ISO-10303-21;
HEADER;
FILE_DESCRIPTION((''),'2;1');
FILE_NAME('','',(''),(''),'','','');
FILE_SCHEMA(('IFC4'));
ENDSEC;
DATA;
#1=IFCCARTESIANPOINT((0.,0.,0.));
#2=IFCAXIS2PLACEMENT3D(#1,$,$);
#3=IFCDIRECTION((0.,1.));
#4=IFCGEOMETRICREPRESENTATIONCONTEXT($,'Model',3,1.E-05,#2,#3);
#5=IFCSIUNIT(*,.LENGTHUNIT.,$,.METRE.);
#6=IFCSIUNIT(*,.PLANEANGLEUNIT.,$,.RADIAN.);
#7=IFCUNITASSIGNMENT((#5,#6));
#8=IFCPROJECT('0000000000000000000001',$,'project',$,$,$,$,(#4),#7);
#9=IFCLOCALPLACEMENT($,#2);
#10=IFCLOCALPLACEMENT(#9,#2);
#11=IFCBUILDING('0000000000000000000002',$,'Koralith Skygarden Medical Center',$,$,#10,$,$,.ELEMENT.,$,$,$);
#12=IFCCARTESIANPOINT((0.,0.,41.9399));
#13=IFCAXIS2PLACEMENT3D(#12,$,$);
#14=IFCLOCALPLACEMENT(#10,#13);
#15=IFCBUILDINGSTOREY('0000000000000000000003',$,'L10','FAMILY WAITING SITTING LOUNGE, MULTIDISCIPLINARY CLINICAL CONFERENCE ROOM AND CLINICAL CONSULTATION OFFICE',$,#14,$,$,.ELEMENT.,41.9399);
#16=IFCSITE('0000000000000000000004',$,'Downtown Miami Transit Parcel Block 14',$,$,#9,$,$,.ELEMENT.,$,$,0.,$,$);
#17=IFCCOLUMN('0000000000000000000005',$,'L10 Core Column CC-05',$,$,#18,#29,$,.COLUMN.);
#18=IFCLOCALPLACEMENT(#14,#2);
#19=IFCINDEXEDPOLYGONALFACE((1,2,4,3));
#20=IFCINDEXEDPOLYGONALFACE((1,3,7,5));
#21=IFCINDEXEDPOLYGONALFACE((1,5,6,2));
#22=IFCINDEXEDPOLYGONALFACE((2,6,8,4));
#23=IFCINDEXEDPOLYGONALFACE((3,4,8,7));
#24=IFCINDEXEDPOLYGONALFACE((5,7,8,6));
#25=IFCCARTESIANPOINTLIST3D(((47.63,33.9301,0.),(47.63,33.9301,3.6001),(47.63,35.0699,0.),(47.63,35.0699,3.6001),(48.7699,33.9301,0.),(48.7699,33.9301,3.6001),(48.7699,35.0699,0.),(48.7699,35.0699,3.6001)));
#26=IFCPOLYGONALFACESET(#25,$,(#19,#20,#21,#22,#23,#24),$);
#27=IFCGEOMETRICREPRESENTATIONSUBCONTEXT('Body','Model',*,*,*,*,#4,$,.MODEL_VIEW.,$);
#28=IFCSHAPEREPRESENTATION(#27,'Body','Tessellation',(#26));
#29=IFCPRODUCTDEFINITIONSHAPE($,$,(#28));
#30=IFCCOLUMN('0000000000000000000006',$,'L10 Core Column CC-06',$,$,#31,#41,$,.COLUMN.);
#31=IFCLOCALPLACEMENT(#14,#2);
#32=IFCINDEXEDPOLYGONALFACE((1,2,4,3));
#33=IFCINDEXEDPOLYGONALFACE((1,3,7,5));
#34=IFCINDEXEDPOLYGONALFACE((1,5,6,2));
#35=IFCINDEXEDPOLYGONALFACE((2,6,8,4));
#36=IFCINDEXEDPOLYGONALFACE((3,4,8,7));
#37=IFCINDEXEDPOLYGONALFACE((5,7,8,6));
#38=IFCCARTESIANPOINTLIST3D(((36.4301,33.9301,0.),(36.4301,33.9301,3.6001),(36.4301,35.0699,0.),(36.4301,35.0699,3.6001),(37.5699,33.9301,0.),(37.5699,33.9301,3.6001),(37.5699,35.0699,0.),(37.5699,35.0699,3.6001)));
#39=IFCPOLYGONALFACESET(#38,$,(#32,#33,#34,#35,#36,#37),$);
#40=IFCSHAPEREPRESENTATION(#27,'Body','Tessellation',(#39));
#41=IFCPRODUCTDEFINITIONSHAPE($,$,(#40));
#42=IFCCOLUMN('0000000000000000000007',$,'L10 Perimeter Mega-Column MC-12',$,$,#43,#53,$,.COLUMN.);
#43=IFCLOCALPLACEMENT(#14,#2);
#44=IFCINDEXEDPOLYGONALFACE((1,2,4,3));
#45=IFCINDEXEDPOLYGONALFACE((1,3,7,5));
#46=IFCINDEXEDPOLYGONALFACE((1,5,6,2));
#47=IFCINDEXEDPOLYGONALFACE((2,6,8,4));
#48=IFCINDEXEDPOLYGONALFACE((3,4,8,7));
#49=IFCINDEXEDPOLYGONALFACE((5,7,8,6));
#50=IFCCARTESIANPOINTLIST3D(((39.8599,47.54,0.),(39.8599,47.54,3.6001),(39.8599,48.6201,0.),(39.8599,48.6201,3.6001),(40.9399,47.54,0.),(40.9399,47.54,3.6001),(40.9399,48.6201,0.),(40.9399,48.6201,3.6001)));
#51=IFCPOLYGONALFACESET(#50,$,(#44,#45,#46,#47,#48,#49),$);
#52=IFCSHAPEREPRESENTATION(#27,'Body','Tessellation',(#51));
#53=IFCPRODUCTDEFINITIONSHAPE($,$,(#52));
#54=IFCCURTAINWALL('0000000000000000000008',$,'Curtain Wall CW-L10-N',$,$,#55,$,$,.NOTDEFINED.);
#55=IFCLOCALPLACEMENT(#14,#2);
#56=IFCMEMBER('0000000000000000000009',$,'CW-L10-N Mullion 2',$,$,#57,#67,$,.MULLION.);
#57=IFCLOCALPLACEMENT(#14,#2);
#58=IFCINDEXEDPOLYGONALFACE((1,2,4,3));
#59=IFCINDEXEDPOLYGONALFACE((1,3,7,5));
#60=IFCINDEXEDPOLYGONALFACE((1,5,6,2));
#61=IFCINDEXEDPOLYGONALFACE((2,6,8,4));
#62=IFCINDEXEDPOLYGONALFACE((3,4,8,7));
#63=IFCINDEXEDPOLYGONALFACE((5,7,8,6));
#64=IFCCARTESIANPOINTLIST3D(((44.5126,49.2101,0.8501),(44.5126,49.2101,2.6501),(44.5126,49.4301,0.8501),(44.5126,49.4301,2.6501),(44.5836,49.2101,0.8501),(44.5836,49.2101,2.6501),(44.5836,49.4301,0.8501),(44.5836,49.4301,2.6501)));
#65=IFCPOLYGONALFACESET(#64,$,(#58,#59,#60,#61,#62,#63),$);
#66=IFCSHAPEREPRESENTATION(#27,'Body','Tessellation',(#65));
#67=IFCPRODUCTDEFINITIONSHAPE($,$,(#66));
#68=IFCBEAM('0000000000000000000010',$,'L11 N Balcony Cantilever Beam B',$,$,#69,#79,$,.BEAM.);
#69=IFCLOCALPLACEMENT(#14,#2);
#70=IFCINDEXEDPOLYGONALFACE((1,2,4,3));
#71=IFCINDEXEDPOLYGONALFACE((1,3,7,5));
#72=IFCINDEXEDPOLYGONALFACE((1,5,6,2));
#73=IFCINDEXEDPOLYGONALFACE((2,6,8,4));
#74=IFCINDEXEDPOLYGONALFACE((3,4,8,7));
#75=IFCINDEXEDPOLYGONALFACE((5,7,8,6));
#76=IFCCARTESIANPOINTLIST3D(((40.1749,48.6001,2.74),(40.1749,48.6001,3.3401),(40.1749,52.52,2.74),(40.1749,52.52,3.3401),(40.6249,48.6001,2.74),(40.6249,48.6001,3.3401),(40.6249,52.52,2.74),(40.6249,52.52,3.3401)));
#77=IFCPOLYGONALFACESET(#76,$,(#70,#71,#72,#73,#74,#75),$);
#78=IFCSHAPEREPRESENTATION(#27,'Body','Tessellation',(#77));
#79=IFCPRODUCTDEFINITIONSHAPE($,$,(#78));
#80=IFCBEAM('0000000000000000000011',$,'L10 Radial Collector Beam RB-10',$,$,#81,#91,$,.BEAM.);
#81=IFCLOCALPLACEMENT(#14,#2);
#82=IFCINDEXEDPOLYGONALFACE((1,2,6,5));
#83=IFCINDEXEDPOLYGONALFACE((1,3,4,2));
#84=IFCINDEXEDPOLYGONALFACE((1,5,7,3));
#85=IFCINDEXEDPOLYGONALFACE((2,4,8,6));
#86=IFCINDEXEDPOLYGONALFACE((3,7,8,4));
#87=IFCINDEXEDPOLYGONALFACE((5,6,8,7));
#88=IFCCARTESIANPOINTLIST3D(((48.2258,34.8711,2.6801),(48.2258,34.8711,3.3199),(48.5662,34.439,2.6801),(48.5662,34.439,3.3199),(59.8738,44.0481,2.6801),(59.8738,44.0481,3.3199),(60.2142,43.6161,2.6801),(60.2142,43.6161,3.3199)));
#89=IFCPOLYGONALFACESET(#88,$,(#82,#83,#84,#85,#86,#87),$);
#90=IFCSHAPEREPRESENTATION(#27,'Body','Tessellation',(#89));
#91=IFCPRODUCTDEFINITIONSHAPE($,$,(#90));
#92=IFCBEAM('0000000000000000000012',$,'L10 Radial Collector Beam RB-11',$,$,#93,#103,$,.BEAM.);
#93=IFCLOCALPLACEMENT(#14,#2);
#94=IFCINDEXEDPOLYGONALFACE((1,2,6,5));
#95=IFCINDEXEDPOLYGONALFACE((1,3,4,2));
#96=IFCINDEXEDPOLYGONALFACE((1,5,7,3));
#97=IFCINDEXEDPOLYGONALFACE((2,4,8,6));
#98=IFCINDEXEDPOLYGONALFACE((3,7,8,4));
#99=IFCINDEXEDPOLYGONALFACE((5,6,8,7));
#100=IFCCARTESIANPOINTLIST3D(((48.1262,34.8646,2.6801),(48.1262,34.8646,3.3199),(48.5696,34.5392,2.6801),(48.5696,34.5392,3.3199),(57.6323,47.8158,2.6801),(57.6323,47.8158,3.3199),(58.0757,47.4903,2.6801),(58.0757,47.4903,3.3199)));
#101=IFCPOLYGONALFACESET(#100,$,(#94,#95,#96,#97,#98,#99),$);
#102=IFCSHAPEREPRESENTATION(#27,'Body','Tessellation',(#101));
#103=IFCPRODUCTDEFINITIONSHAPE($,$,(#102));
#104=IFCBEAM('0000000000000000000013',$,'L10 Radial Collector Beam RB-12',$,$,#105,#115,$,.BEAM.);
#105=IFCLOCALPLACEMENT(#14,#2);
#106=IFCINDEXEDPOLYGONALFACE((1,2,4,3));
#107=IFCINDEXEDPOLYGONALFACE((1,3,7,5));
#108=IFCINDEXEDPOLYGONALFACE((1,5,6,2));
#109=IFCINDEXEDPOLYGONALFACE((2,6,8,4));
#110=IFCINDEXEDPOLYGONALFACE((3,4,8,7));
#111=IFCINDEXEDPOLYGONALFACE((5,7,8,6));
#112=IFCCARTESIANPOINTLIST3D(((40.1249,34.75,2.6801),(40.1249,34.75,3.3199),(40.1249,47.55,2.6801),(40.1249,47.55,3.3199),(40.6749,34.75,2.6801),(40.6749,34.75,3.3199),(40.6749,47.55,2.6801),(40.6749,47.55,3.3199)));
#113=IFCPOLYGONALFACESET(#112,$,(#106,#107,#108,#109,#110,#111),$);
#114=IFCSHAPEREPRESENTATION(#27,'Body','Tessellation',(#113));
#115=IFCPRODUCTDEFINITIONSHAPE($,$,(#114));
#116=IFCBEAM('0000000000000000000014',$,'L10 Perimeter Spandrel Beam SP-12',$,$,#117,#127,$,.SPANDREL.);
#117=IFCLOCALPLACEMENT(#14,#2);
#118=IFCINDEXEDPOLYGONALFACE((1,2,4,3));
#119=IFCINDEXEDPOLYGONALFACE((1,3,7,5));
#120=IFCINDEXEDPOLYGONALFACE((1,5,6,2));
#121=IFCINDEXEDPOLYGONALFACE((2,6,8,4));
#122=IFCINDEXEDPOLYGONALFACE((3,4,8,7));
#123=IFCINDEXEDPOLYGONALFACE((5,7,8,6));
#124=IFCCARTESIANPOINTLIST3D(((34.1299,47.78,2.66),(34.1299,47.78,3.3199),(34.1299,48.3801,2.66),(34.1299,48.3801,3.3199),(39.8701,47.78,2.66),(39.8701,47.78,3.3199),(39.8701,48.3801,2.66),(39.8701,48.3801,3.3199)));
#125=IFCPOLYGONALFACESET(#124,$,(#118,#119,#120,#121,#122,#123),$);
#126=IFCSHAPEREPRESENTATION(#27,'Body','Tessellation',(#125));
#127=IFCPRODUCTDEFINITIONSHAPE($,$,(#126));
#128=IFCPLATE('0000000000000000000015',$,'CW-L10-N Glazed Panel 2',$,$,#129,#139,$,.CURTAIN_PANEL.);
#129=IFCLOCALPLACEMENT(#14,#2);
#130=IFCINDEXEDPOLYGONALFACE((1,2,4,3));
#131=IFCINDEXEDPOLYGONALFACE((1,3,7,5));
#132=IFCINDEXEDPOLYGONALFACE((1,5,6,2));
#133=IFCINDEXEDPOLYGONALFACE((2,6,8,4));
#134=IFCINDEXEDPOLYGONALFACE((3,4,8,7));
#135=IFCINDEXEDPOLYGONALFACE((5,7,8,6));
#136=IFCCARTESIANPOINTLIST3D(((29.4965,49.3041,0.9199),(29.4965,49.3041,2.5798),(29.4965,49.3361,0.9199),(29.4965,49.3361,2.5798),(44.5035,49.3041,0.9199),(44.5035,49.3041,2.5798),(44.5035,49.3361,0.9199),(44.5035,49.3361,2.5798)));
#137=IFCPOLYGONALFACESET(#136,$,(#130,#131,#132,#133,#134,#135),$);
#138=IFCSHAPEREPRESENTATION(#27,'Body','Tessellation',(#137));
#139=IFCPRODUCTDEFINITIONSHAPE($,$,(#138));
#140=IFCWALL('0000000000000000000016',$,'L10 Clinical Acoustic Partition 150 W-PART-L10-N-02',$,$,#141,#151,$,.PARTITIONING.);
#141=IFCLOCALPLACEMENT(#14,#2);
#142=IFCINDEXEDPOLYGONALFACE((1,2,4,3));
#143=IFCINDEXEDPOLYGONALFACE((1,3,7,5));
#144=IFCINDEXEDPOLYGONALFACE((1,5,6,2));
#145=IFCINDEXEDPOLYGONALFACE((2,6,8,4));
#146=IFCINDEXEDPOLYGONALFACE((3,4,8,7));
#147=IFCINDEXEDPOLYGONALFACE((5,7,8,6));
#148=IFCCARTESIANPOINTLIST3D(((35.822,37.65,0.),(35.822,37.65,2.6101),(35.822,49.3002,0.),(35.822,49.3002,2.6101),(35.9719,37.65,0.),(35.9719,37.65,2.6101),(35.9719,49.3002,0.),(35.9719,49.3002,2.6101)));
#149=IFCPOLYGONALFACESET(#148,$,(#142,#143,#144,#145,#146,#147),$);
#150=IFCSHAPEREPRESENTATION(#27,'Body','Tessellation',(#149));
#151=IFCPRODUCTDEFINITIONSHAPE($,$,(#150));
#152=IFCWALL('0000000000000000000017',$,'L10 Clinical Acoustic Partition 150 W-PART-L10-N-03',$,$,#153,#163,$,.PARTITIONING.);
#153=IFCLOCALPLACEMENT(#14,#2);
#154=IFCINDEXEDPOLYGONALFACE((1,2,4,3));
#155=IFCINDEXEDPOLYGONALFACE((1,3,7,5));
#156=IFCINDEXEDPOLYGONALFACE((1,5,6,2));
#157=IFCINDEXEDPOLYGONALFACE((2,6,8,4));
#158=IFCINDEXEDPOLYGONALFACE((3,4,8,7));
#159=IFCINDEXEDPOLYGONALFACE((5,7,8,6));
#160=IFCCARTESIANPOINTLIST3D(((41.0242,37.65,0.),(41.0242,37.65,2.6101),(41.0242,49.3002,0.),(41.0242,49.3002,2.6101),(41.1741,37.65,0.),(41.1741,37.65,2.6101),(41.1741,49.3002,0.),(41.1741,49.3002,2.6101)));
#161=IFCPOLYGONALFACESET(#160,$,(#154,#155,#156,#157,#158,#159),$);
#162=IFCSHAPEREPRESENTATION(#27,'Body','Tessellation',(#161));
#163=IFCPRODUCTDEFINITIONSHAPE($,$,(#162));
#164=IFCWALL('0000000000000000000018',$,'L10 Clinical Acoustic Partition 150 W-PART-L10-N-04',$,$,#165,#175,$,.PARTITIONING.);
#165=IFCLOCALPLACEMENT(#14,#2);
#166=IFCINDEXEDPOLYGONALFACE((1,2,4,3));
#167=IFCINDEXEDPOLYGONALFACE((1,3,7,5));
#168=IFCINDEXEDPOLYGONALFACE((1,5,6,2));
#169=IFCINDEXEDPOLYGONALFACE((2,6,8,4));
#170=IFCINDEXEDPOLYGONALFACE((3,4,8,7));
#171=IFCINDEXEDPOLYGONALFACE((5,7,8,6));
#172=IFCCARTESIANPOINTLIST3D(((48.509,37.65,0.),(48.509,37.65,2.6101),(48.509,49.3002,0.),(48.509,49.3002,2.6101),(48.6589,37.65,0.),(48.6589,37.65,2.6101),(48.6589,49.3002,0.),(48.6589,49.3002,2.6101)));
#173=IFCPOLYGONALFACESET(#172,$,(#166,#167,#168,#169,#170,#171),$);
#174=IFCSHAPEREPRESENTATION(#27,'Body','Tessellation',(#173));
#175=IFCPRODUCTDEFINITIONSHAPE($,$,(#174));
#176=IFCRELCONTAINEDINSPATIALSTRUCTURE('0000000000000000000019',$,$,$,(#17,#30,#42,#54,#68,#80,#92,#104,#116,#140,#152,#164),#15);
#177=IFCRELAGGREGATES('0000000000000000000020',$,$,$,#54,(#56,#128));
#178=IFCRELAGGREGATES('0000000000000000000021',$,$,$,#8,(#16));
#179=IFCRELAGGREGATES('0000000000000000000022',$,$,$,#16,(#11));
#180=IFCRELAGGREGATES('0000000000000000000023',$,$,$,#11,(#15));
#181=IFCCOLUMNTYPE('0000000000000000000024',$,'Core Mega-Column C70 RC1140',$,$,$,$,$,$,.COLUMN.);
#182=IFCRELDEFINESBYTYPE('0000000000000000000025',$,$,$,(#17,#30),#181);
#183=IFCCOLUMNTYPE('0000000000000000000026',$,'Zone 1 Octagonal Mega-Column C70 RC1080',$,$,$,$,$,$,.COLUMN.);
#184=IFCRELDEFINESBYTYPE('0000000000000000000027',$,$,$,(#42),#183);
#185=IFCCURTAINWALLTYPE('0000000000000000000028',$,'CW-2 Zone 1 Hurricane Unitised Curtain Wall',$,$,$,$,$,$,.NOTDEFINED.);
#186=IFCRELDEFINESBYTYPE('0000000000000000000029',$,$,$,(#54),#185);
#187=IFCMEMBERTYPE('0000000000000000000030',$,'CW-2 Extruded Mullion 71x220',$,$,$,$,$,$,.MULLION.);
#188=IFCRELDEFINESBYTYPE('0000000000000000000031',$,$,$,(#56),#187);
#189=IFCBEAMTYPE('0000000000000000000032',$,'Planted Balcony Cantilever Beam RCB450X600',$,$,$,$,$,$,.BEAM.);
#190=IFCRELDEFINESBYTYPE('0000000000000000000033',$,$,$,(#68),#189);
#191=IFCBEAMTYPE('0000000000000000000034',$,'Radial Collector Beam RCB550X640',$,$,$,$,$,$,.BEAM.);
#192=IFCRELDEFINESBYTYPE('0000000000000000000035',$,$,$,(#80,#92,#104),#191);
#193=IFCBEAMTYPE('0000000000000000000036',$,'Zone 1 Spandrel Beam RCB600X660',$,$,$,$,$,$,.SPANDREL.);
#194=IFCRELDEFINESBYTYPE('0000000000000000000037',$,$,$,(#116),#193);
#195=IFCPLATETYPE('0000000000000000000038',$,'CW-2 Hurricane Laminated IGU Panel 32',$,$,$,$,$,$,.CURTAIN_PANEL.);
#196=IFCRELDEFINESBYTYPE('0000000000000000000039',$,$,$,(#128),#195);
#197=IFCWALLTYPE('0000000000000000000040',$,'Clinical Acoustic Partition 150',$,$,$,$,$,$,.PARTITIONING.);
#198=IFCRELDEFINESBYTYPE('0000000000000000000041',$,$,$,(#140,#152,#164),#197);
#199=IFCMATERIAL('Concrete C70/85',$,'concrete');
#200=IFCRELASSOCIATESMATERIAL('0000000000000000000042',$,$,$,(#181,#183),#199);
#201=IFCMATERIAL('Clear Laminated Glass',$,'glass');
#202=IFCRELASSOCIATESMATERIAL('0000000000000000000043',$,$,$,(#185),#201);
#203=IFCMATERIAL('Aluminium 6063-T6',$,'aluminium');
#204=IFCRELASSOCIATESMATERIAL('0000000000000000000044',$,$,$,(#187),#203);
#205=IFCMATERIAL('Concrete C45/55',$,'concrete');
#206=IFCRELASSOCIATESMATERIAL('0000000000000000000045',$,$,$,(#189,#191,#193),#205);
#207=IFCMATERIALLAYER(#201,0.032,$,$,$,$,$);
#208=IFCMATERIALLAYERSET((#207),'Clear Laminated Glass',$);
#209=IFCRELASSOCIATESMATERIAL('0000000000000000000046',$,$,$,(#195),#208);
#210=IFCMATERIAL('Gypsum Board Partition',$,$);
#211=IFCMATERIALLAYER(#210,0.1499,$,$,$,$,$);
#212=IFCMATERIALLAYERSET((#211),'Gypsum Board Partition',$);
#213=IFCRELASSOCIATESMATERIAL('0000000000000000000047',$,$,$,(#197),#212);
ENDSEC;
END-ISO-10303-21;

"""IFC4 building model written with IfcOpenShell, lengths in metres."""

from ifc_helpers import new_model, si_unit, direction, frame, frame_2d, origin, origin_2d, place, context, subcontext, project, spatial, rectangle, extrude, material, layer, layer_set, material_profile, profile_set, type_object, element, aggregate, save


model = new_model("IFC4")

# Units and contexts
model_context = context("Model", 3, precision=1e-05, world=origin(), true_north=direction((0.0, 1.0)))
body_context = subcontext(model_context, "Body", "Model", "MODEL_VIEW")
ifc_project = project(units=[si_unit("LENGTHUNIT", "METRE"), si_unit("PLANEANGLEUNIT", "RADIAN")], contexts=[model_context])

# Site, building, storey
site_placement = place(None, origin())
site = spatial("IfcSite", under=ifc_project, at=site_placement, Name="Downtown Miami Transit Parcel Block 14", CompositionType="ELEMENT", RefElevation=0.0)
building_placement = place(site_placement, origin())
building = spatial("IfcBuilding", under=site, at=building_placement, Name="Koralith Skygarden Medical Center", CompositionType="ELEMENT")
storey_placement = place(building_placement, frame((0.0, 0.0, 41.9399)))
storey = spatial("IfcBuildingStorey", under=building, at=storey_placement, Name="L10", Description="FAMILY WAITING SITTING LOUNGE, MULTIDISCIPLINARY CLINICAL CONFERENCE ROOM AND CLINICAL CONSULTATION OFFICE", CompositionType="ELEMENT", Elevation=41.9399)

# Columns
ifc_material_1 = material(Name="Concrete C70/85", Category="concrete")
ifc_material_profile_1 = material_profile(ifc_material_1, rectangle(XDim=1.1399, YDim=1.1399, at=origin_2d()), Name="RC1140X1140")
ifc_profile_set_1 = profile_set([ifc_material_profile_1], Name="Concrete C70/85")
column_type_1 = type_object("IfcColumnType", Name="Core Mega-Column C70 RC1140", PredefinedType="COLUMN", material=ifc_profile_set_1)
for number, where, z_axis, x_axis, name in (
    (1, (48.2, 34.5, 0.0), (0.0, 0.0, 1.0), (1.0, 0.0, 0.0), "L10 Core Column CC-05"),
    (2, (37.0, 34.5, 0.0), (0.0, 0.0, 1.0), (1.0, 0.0, 0.0), "L10 Core Column CC-06"),
):
    element("IfcColumn", number, at=place(storey_placement, frame(where, z_axis=z_axis, x_axis=x_axis)), inside=storey, type_object=column_type_1, Name=name, PredefinedType="COLUMN", context=body_context, shape_type="SweptSolid", body=[
        extrude(rectangle(XDim=1.1399, YDim=1.1399, at=origin_2d()), origin(), (0.0, 0.0, 1.0), 3.6001),
    ])
ifc_material_profile_2 = material_profile(ifc_material_1, rectangle(XDim=1.0801, YDim=1.0801, at=origin_2d()), Name="RC1080X1080")
ifc_profile_set_2 = profile_set([ifc_material_profile_2], Name="Concrete C70/85")
column_type_2 = type_object("IfcColumnType", Name="Zone 1 Octagonal Mega-Column C70 RC1080", PredefinedType="COLUMN", material=ifc_profile_set_2)
column_placement = place(storey_placement, frame((40.3999, 48.0801, 0.0), z_axis=(0.0, 0.0, 1.0), x_axis=(1.0, 0.0, 0.0)))
element("IfcColumn", 3, at=column_placement, inside=storey, type_object=column_type_2, Name="L10 Perimeter Mega-Column MC-12", PredefinedType="COLUMN", context=body_context, shape_type="SweptSolid", body=[
    extrude(rectangle(XDim=1.0801, YDim=1.0801, at=origin_2d()), origin(), (0.0, 0.0, 1.0), 3.6001),
])

# Curtain wall, member
ifc_material_2 = material(Name="Clear Laminated Glass", Category="glass")
curtain_wall_type = type_object("IfcCurtainWallType", Name="CW-2 Zone 1 Hurricane Unitised Curtain Wall", PredefinedType="NOTDEFINED", material=ifc_material_2)
curtain_wall_placement = place(storey_placement, origin())
curtain_wall = element("IfcCurtainWall", 4, at=curtain_wall_placement, inside=storey, type_object=curtain_wall_type, Name="Curtain Wall CW-L10-N", PredefinedType="NOTDEFINED")
ifc_material_3 = material(Name="Aluminium 6063-T6", Category="aluminium")
ifc_material_profile_3 = material_profile(ifc_material_3, rectangle(XDim=0.071, YDim=0.22, at=origin_2d()), Name="MUL71X220")
ifc_profile_set_3 = profile_set([ifc_material_profile_3], Name="Aluminium 6063-T6")
member_type = type_object("IfcMemberType", Name="CW-2 Extruded Mullion 71x220", PredefinedType="MULLION", material=ifc_profile_set_3)
member_placement = place(storey_placement, frame((44.5481, 49.3201, 0.8501), z_axis=(0.0, 0.0, 1.0), x_axis=(1.0, 0.0, 0.0)))
member = element("IfcMember", 5, at=member_placement, type_object=member_type, Name="CW-L10-N Mullion 2", PredefinedType="MULLION", context=body_context, shape_type="SweptSolid", body=[
    extrude(rectangle(XDim=0.071, YDim=0.22, at=origin_2d()), origin(), (0.0, 0.0, 1.0), 1.8),
])

# Beams
ifc_material_4 = material(Name="Concrete C45/55", Category="concrete")
ifc_material_profile_4 = material_profile(ifc_material_4, rectangle(XDim=0.45, YDim=0.6001, at=origin_2d()), Name="RCB450X600")
ifc_profile_set_4 = profile_set([ifc_material_profile_4], Name="Concrete C45/55")
beam_type_1 = type_object("IfcBeamType", Name="Planted Balcony Cantilever Beam RCB450X600", PredefinedType="BEAM", material=ifc_profile_set_4)
beam_1_placement = place(storey_placement, frame((40.3999, 48.6001, 3.04), z_axis=(0.0, 1.0, 0.0), x_axis=(-1.0, 0.0, 0.0)))
element("IfcBeam", 6, at=beam_1_placement, inside=storey, type_object=beam_type_1, Name="L11 N Balcony Cantilever Beam B", PredefinedType="BEAM", context=body_context, shape_type="SweptSolid", body=[
    extrude(rectangle(XDim=0.45, YDim=0.6001, at=origin_2d()), origin(), (0.0, 0.0, 1.0), 3.9199),
])
ifc_material_profile_5 = material_profile(ifc_material_4, rectangle(XDim=0.55, YDim=0.6399, at=origin_2d()), Name="RCB550X640")
ifc_profile_set_5 = profile_set([ifc_material_profile_5], Name="Concrete C45/55")
beam_type_2 = type_object("IfcBeamType", Name="Radial Collector Beam RCB550X640", PredefinedType="BEAM", material=ifc_profile_set_5)
beam_2_placement = place(storey_placement, frame((48.396, 34.655, 3.0), z_axis=(0.785497, 0.618865, 0.0), x_axis=(-0.618865, 0.785497, 0.0)))
element("IfcBeam", 7, at=beam_2_placement, inside=storey, type_object=beam_type_2, Name="L10 Radial Collector Beam RB-10", PredefinedType="BEAM", context=body_context, shape_type="SweptSolid", body=[
    extrude(rectangle(XDim=0.55, YDim=0.6399, at=origin_2d()), origin(), (0.0, 0.0, 1.0), 14.8289),
])
beam_3_placement = place(storey_placement, frame((48.3479, 34.7019, 3.0), z_axis=(0.591711, 0.80615, 0.0), x_axis=(-0.80615, 0.591711, 0.0)))
element("IfcBeam", 8, at=beam_3_placement, inside=storey, type_object=beam_type_2, Name="L10 Radial Collector Beam RB-11", PredefinedType="BEAM", context=body_context, shape_type="SweptSolid", body=[
    extrude(rectangle(XDim=0.55, YDim=0.6399, at=origin_2d()), origin(), (0.0, 0.0, 1.0), 16.0654),
])
beam_4_placement = place(storey_placement, frame((40.3999, 34.75, 3.0), z_axis=(0.0, 1.0, 0.0), x_axis=(-1.0, 0.0, 0.0)))
element("IfcBeam", 9, at=beam_4_placement, inside=storey, type_object=beam_type_2, Name="L10 Radial Collector Beam RB-12", PredefinedType="BEAM", context=body_context, shape_type="SweptSolid", body=[
    extrude(rectangle(XDim=0.55, YDim=0.6399, at=origin_2d()), origin(), (0.0, 0.0, 1.0), 12.8),
])
ifc_material_profile_6 = material_profile(ifc_material_4, rectangle(XDim=0.6001, YDim=0.6599, at=origin_2d()), Name="RCB600X660")
ifc_profile_set_6 = profile_set([ifc_material_profile_6], Name="Concrete C45/55")
beam_type_3 = type_object("IfcBeamType", Name="Zone 1 Spandrel Beam RCB600X660", PredefinedType="SPANDREL", material=ifc_profile_set_6)
beam_5_placement = place(storey_placement, frame((39.8701, 48.0801, 2.99), z_axis=(-1.0, 0.0, 0.0), x_axis=(0.0, -1.0, 0.0)))
element("IfcBeam", 10, at=beam_5_placement, inside=storey, type_object=beam_type_3, Name="L10 Perimeter Spandrel Beam SP-12", PredefinedType="SPANDREL", context=body_context, shape_type="SweptSolid", body=[
    extrude(rectangle(XDim=0.6001, YDim=0.6599, at=origin_2d()), origin(), (0.0, 0.0, 1.0), 5.7402),
])

# Plate
ifc_layer_1 = layer(ifc_material_2, 0.032)
ifc_layer_set_1 = layer_set([ifc_layer_1], Name="Clear Laminated Glass")
plate_type = type_object("IfcPlateType", Name="CW-2 Hurricane Laminated IGU Panel 32", PredefinedType="CURTAIN_PANEL", material=ifc_layer_set_1)
plate_placement = place(storey_placement, frame((37.0, 49.3201, 0.9199), z_axis=(0.0, 0.0, 1.0), x_axis=(-1.0, 0.0, 0.0)))
plate = element("IfcPlate", 11, at=plate_placement, type_object=plate_type, Name="CW-L10-N Glazed Panel 2", PredefinedType="CURTAIN_PANEL", context=body_context, shape_type="SweptSolid", body=[
    extrude(rectangle(XDim=15.0071, YDim=0.032, at=origin_2d()), origin(), (0.0, 0.0, 1.0), 1.6599),
])
aggregate(curtain_wall, [member, plate])

# Walls
ifc_material_5 = material(Name="Gypsum Board Partition")
ifc_layer_2 = layer(ifc_material_5, 0.1499)
ifc_layer_set_2 = layer_set([ifc_layer_2], Name="Gypsum Board Partition")
wall_type_1 = type_object("IfcWallType", Name="Clinical Acoustic Partition 150", PredefinedType="PARTITIONING", material=ifc_layer_set_2)
for number, where, z_axis, x_axis, name in (
    (12, (35.897, 37.6499, 0.0), (0.0, 0.0, 1.0), (0.0, 1.0, 0.0), "L10 Clinical Acoustic Partition 150 W-PART-L10-N-02"),
    (13, (41.0991, 37.6499, 0.0), (0.0, 0.0, 1.0), (0.0, 1.0, 0.0), "L10 Clinical Acoustic Partition 150 W-PART-L10-N-03"),
    (14, (48.584, 37.6499, 0.0), (0.0, 0.0, 1.0), (0.0, 1.0, 0.0), "L10 Clinical Acoustic Partition 150 W-PART-L10-N-04"),
):
    element("IfcWall", number, at=place(storey_placement, frame(where, z_axis=z_axis, x_axis=x_axis)), inside=storey, type_object=wall_type_1, Name=name, PredefinedType="PARTITIONING", context=body_context, shape_type="SweptSolid", body=[
        extrude(rectangle(XDim=11.6501, YDim=0.1499, at=frame_2d((5.8252, 0.0))), origin(), (0.0, 0.0, 1.0), 2.6101),
    ])

save(model, "model.ifc")
